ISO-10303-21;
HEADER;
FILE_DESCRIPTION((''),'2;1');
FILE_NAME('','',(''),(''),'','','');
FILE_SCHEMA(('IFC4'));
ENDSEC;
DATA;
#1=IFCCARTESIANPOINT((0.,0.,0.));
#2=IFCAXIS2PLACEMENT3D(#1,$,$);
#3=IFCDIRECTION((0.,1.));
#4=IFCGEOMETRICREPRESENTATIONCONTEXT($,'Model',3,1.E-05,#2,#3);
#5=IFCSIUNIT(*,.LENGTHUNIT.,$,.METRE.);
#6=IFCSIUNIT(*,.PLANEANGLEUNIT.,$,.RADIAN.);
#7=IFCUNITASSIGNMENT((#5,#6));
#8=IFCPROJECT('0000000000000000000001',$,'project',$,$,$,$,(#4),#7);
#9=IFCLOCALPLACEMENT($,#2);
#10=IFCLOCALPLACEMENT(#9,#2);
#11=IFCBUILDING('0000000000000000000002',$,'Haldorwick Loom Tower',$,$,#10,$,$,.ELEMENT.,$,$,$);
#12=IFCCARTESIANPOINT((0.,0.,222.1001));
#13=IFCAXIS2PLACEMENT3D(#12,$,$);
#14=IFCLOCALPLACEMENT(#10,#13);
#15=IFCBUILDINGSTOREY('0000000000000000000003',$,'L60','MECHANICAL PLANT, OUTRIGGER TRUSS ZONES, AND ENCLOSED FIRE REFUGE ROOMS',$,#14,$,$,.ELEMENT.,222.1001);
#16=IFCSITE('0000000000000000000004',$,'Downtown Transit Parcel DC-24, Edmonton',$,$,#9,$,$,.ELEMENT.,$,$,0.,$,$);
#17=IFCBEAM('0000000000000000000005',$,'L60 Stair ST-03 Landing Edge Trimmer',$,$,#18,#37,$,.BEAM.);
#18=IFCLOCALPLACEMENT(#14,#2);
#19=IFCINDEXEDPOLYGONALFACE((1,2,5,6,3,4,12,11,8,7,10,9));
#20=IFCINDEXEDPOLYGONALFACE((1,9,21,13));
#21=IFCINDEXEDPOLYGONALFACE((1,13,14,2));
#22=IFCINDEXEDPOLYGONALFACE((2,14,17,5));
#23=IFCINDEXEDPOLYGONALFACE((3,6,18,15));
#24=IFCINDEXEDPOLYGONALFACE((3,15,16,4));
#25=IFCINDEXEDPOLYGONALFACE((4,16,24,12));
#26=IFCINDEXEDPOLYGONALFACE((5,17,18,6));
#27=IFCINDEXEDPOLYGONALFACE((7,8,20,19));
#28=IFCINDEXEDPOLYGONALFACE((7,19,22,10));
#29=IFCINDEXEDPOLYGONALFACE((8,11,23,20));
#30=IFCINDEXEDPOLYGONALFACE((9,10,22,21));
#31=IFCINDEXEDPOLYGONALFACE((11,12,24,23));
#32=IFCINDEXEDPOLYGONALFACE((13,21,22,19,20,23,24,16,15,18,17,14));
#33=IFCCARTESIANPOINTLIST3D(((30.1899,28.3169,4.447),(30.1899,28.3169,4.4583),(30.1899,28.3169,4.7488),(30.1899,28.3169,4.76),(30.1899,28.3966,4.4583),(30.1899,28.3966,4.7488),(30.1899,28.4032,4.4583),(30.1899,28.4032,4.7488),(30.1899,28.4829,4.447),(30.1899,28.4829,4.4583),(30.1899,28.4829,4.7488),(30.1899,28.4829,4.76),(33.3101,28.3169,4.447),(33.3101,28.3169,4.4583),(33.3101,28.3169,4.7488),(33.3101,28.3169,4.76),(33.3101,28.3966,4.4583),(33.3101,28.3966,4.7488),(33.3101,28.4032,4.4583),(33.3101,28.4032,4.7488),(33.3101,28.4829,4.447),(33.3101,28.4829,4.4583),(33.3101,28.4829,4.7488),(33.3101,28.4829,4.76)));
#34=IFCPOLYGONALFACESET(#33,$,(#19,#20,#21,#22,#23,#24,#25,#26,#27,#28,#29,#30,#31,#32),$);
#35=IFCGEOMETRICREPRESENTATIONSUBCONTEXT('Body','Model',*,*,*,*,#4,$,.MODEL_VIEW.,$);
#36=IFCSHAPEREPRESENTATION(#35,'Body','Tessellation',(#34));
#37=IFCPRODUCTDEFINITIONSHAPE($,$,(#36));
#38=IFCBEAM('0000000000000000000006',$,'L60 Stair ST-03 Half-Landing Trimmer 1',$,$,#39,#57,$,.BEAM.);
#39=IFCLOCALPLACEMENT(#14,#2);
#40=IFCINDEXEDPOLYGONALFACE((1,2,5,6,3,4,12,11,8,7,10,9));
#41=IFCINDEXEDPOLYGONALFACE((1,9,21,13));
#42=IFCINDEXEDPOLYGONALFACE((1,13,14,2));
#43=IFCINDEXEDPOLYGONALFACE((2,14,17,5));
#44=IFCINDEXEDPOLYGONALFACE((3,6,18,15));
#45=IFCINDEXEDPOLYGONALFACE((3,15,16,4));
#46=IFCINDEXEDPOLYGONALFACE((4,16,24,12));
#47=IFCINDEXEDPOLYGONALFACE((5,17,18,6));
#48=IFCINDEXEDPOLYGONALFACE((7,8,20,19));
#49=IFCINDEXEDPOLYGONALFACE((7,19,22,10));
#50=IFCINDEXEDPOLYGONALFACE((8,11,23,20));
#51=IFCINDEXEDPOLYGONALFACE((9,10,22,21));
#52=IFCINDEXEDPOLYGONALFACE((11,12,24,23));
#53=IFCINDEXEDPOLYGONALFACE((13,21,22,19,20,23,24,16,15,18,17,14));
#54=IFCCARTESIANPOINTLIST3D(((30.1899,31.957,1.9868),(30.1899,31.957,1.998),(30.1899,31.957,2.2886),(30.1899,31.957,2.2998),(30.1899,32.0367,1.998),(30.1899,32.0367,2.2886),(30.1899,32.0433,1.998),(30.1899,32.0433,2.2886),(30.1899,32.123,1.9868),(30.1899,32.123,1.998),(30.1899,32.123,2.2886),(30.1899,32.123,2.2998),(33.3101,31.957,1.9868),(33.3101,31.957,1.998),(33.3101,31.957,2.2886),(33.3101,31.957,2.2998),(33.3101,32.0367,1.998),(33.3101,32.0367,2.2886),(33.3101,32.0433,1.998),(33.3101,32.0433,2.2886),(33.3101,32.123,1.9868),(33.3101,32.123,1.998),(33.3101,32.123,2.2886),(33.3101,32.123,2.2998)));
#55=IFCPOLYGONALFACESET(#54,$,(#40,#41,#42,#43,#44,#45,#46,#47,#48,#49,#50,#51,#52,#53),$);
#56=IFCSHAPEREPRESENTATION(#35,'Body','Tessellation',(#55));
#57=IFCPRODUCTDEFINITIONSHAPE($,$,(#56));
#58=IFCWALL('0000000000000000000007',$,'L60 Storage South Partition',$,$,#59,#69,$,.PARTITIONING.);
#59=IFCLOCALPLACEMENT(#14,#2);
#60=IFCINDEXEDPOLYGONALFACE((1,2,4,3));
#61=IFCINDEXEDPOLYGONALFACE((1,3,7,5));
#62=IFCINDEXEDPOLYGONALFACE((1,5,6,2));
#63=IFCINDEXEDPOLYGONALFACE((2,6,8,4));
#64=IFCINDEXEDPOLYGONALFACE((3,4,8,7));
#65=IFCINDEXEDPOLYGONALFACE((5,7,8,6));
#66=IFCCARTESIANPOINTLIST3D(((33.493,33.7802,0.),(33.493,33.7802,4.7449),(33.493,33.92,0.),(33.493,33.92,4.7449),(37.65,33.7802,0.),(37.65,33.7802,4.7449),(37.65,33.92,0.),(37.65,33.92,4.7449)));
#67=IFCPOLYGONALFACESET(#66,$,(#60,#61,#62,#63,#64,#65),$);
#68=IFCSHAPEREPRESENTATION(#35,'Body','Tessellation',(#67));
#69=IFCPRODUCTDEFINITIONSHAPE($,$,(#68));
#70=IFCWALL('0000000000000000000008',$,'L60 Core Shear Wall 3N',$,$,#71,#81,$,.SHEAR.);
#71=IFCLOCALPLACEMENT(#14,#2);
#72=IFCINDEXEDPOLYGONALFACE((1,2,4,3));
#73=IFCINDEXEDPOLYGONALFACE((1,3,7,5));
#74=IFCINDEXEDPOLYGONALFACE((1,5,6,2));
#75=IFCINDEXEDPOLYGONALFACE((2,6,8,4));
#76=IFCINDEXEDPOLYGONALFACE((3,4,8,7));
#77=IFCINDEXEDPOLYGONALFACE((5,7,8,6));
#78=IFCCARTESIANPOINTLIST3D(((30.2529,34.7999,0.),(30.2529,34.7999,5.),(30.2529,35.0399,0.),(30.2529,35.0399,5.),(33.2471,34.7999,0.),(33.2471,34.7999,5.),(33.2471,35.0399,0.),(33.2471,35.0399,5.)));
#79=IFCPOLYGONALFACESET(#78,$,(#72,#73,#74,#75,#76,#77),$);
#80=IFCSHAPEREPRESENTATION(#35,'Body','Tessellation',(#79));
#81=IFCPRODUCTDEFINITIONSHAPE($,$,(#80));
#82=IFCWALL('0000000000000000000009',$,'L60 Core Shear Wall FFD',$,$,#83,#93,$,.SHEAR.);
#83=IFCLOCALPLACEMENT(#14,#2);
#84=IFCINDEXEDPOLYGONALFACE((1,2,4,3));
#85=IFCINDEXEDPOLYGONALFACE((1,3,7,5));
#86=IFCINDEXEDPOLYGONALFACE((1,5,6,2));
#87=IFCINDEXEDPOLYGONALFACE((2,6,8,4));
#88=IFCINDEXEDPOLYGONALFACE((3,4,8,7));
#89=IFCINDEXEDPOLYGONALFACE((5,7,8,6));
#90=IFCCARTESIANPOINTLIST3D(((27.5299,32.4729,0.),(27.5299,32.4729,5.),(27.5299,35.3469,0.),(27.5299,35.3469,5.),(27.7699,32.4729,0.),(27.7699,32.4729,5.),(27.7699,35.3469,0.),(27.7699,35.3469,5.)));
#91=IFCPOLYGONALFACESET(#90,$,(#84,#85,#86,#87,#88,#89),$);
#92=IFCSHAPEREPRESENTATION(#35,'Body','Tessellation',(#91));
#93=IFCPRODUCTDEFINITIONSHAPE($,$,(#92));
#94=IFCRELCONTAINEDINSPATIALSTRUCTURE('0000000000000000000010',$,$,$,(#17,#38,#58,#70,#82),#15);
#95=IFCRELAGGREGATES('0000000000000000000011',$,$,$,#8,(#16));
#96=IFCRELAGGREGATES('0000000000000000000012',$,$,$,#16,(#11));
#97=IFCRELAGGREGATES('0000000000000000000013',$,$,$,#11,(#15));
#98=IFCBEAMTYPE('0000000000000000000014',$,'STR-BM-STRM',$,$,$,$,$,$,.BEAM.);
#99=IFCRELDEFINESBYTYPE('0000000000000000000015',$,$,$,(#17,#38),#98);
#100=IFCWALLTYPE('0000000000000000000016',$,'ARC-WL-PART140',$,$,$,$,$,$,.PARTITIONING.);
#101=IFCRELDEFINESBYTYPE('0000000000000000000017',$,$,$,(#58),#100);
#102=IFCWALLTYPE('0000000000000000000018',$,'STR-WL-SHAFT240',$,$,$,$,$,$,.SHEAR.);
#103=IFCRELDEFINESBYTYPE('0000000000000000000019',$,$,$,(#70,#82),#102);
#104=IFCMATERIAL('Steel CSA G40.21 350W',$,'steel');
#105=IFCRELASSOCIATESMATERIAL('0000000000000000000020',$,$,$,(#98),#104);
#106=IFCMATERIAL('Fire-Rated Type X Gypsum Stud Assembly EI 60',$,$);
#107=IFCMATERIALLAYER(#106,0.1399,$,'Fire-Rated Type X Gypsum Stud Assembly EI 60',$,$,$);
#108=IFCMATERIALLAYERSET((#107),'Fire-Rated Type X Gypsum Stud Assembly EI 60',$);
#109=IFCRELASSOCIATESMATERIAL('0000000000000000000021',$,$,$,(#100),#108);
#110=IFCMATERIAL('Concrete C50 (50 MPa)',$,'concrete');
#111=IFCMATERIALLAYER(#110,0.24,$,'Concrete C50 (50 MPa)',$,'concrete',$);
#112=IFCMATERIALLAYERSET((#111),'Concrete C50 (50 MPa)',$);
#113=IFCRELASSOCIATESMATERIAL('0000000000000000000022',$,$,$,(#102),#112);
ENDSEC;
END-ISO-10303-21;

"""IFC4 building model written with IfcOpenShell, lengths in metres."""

from ifc_helpers import new_model, si_unit, direction, frame, frame_2d, origin, origin_2d, place, context, subcontext, project, spatial, rectangle, i_section, extrude, material, layer, layer_set, material_profile, profile_set, type_object, element, save


model = new_model("IFC4")

# Units and contexts
model_context = context("Model", 3, precision=1e-05, world=origin(), true_north=direction((0.0, 1.0)))
body_context = subcontext(model_context, "Body", "Model", "MODEL_VIEW")
ifc_project = project(units=[si_unit("LENGTHUNIT", "METRE"), si_unit("PLANEANGLEUNIT", "RADIAN")], contexts=[model_context])

# Site, building, storey
site_placement = place(None, origin())
site = spatial("IfcSite", under=ifc_project, at=site_placement, Name="Downtown Transit Parcel DC-24, Edmonton", CompositionType="ELEMENT", RefElevation=0.0)
building_placement = place(site_placement, origin())
building = spatial("IfcBuilding", under=site, at=building_placement, Name="Haldorwick Loom Tower", CompositionType="ELEMENT")
storey_placement = place(building_placement, frame((0.0, 0.0, 222.1001)))
storey = spatial("IfcBuildingStorey", under=building, at=storey_placement, Name="L60", Description="MECHANICAL PLANT, OUTRIGGER TRUSS ZONES, AND ENCLOSED FIRE REFUGE ROOMS", CompositionType="ELEMENT", Elevation=222.1001)

# Beams
ifc_material_1 = material(Name="Steel CSA G40.21 350W", Category="steel")
ifc_material_profile = material_profile(ifc_material_1, i_section(OverallWidth=0.166, OverallDepth=0.313, WebThickness=0.0066, FlangeThickness=0.0112, at=origin_2d()), Name="W310X45", Category="steel")
ifc_profile_set = profile_set([ifc_material_profile], Name="Steel CSA G40.21 350W")
beam_type = type_object("IfcBeamType", Name="STR-BM-STRM", PredefinedType="BEAM", material=ifc_profile_set)
for number, where, z_axis, x_axis, name in (
    (1, (30.1899, 28.3999, 4.6035), (1.0, 0.0, 0.0), (0.0, 1.0, 0.0), "L60 Stair ST-03 Landing Edge Trimmer"),
    (2, (30.1899, 32.04, 2.1433), (1.0, 0.0, 0.0), (0.0, 1.0, 0.0), "L60 Stair ST-03 Half-Landing Trimmer 1"),
):
    element("IfcBeam", number, at=place(storey_placement, frame(where, z_axis=z_axis, x_axis=x_axis)), inside=storey, type_object=beam_type, Name=name, PredefinedType="BEAM", context=body_context, shape_type="SweptSolid", body=[
        extrude(i_section(OverallWidth=0.166, OverallDepth=0.313, WebThickness=0.0066, FlangeThickness=0.0112, at=origin_2d()), origin(), (0.0, 0.0, 1.0), 3.1201),
    ])

# Walls
ifc_material_2 = material(Name="Fire-Rated Type X Gypsum Stud Assembly EI 60")
ifc_layer_1 = layer(ifc_material_2, 0.1399, Name="Fire-Rated Type X Gypsum Stud Assembly EI 60")
ifc_layer_set_1 = layer_set([ifc_layer_1], Name="Fire-Rated Type X Gypsum Stud Assembly EI 60")
wall_type_1 = type_object("IfcWallType", Name="ARC-WL-PART140", PredefinedType="PARTITIONING", material=ifc_layer_set_1)
wall_1_placement = place(storey_placement, frame((33.4929, 33.8501, 0.0), z_axis=(0.0, 0.0, 1.0), x_axis=(1.0, 0.0, 0.0)))
element("IfcWall", 3, at=wall_1_placement, inside=storey, type_object=wall_type_1, Name="L60 Storage South Partition", PredefinedType="PARTITIONING", context=body_context, shape_type="SweptSolid", body=[
    extrude(rectangle(XDim=4.157, YDim=0.1399, at=frame_2d((2.0786, 0.0))), origin(), (0.0, 0.0, 1.0), 4.7449),
])
ifc_material_3 = material(Name="Concrete C50 (50 MPa)", Category="concrete")
ifc_layer_2 = layer(ifc_material_3, 0.24, Name="Concrete C50 (50 MPa)", Category="concrete")
ifc_layer_set_2 = layer_set([ifc_layer_2], Name="Concrete C50 (50 MPa)")
wall_type_2 = type_object("IfcWallType", Name="STR-WL-SHAFT240", PredefinedType="SHEAR", material=ifc_layer_set_2)
wall_2_placement = place(storey_placement, frame((30.2529, 34.9199, 0.0), z_axis=(0.0, 0.0, 1.0), x_axis=(1.0, 0.0, 0.0)))
element("IfcWall", 4, at=wall_2_placement, inside=storey, type_object=wall_type_2, Name="L60 Core Shear Wall 3N", PredefinedType="SHEAR", context=body_context, shape_type="SweptSolid", body=[
    extrude(rectangle(XDim=2.9941, YDim=0.24, at=frame_2d((1.4971, 0.0))), origin(), (0.0, 0.0, 1.0), 5.0),
])
wall_3_placement = place(storey_placement, frame((27.6499, 32.4729, 0.0), z_axis=(0.0, 0.0, 1.0), x_axis=(0.0, 1.0, 0.0)))
element("IfcWall", 5, at=wall_3_placement, inside=storey, type_object=wall_type_2, Name="L60 Core Shear Wall FFD", PredefinedType="SHEAR", context=body_context, shape_type="SweptSolid", body=[
    extrude(rectangle(XDim=2.874, YDim=0.24, at=frame_2d((1.437, 0.0))), origin(), (0.0, 0.0, 1.0), 5.0),
])

save(model, "model.ifc")
